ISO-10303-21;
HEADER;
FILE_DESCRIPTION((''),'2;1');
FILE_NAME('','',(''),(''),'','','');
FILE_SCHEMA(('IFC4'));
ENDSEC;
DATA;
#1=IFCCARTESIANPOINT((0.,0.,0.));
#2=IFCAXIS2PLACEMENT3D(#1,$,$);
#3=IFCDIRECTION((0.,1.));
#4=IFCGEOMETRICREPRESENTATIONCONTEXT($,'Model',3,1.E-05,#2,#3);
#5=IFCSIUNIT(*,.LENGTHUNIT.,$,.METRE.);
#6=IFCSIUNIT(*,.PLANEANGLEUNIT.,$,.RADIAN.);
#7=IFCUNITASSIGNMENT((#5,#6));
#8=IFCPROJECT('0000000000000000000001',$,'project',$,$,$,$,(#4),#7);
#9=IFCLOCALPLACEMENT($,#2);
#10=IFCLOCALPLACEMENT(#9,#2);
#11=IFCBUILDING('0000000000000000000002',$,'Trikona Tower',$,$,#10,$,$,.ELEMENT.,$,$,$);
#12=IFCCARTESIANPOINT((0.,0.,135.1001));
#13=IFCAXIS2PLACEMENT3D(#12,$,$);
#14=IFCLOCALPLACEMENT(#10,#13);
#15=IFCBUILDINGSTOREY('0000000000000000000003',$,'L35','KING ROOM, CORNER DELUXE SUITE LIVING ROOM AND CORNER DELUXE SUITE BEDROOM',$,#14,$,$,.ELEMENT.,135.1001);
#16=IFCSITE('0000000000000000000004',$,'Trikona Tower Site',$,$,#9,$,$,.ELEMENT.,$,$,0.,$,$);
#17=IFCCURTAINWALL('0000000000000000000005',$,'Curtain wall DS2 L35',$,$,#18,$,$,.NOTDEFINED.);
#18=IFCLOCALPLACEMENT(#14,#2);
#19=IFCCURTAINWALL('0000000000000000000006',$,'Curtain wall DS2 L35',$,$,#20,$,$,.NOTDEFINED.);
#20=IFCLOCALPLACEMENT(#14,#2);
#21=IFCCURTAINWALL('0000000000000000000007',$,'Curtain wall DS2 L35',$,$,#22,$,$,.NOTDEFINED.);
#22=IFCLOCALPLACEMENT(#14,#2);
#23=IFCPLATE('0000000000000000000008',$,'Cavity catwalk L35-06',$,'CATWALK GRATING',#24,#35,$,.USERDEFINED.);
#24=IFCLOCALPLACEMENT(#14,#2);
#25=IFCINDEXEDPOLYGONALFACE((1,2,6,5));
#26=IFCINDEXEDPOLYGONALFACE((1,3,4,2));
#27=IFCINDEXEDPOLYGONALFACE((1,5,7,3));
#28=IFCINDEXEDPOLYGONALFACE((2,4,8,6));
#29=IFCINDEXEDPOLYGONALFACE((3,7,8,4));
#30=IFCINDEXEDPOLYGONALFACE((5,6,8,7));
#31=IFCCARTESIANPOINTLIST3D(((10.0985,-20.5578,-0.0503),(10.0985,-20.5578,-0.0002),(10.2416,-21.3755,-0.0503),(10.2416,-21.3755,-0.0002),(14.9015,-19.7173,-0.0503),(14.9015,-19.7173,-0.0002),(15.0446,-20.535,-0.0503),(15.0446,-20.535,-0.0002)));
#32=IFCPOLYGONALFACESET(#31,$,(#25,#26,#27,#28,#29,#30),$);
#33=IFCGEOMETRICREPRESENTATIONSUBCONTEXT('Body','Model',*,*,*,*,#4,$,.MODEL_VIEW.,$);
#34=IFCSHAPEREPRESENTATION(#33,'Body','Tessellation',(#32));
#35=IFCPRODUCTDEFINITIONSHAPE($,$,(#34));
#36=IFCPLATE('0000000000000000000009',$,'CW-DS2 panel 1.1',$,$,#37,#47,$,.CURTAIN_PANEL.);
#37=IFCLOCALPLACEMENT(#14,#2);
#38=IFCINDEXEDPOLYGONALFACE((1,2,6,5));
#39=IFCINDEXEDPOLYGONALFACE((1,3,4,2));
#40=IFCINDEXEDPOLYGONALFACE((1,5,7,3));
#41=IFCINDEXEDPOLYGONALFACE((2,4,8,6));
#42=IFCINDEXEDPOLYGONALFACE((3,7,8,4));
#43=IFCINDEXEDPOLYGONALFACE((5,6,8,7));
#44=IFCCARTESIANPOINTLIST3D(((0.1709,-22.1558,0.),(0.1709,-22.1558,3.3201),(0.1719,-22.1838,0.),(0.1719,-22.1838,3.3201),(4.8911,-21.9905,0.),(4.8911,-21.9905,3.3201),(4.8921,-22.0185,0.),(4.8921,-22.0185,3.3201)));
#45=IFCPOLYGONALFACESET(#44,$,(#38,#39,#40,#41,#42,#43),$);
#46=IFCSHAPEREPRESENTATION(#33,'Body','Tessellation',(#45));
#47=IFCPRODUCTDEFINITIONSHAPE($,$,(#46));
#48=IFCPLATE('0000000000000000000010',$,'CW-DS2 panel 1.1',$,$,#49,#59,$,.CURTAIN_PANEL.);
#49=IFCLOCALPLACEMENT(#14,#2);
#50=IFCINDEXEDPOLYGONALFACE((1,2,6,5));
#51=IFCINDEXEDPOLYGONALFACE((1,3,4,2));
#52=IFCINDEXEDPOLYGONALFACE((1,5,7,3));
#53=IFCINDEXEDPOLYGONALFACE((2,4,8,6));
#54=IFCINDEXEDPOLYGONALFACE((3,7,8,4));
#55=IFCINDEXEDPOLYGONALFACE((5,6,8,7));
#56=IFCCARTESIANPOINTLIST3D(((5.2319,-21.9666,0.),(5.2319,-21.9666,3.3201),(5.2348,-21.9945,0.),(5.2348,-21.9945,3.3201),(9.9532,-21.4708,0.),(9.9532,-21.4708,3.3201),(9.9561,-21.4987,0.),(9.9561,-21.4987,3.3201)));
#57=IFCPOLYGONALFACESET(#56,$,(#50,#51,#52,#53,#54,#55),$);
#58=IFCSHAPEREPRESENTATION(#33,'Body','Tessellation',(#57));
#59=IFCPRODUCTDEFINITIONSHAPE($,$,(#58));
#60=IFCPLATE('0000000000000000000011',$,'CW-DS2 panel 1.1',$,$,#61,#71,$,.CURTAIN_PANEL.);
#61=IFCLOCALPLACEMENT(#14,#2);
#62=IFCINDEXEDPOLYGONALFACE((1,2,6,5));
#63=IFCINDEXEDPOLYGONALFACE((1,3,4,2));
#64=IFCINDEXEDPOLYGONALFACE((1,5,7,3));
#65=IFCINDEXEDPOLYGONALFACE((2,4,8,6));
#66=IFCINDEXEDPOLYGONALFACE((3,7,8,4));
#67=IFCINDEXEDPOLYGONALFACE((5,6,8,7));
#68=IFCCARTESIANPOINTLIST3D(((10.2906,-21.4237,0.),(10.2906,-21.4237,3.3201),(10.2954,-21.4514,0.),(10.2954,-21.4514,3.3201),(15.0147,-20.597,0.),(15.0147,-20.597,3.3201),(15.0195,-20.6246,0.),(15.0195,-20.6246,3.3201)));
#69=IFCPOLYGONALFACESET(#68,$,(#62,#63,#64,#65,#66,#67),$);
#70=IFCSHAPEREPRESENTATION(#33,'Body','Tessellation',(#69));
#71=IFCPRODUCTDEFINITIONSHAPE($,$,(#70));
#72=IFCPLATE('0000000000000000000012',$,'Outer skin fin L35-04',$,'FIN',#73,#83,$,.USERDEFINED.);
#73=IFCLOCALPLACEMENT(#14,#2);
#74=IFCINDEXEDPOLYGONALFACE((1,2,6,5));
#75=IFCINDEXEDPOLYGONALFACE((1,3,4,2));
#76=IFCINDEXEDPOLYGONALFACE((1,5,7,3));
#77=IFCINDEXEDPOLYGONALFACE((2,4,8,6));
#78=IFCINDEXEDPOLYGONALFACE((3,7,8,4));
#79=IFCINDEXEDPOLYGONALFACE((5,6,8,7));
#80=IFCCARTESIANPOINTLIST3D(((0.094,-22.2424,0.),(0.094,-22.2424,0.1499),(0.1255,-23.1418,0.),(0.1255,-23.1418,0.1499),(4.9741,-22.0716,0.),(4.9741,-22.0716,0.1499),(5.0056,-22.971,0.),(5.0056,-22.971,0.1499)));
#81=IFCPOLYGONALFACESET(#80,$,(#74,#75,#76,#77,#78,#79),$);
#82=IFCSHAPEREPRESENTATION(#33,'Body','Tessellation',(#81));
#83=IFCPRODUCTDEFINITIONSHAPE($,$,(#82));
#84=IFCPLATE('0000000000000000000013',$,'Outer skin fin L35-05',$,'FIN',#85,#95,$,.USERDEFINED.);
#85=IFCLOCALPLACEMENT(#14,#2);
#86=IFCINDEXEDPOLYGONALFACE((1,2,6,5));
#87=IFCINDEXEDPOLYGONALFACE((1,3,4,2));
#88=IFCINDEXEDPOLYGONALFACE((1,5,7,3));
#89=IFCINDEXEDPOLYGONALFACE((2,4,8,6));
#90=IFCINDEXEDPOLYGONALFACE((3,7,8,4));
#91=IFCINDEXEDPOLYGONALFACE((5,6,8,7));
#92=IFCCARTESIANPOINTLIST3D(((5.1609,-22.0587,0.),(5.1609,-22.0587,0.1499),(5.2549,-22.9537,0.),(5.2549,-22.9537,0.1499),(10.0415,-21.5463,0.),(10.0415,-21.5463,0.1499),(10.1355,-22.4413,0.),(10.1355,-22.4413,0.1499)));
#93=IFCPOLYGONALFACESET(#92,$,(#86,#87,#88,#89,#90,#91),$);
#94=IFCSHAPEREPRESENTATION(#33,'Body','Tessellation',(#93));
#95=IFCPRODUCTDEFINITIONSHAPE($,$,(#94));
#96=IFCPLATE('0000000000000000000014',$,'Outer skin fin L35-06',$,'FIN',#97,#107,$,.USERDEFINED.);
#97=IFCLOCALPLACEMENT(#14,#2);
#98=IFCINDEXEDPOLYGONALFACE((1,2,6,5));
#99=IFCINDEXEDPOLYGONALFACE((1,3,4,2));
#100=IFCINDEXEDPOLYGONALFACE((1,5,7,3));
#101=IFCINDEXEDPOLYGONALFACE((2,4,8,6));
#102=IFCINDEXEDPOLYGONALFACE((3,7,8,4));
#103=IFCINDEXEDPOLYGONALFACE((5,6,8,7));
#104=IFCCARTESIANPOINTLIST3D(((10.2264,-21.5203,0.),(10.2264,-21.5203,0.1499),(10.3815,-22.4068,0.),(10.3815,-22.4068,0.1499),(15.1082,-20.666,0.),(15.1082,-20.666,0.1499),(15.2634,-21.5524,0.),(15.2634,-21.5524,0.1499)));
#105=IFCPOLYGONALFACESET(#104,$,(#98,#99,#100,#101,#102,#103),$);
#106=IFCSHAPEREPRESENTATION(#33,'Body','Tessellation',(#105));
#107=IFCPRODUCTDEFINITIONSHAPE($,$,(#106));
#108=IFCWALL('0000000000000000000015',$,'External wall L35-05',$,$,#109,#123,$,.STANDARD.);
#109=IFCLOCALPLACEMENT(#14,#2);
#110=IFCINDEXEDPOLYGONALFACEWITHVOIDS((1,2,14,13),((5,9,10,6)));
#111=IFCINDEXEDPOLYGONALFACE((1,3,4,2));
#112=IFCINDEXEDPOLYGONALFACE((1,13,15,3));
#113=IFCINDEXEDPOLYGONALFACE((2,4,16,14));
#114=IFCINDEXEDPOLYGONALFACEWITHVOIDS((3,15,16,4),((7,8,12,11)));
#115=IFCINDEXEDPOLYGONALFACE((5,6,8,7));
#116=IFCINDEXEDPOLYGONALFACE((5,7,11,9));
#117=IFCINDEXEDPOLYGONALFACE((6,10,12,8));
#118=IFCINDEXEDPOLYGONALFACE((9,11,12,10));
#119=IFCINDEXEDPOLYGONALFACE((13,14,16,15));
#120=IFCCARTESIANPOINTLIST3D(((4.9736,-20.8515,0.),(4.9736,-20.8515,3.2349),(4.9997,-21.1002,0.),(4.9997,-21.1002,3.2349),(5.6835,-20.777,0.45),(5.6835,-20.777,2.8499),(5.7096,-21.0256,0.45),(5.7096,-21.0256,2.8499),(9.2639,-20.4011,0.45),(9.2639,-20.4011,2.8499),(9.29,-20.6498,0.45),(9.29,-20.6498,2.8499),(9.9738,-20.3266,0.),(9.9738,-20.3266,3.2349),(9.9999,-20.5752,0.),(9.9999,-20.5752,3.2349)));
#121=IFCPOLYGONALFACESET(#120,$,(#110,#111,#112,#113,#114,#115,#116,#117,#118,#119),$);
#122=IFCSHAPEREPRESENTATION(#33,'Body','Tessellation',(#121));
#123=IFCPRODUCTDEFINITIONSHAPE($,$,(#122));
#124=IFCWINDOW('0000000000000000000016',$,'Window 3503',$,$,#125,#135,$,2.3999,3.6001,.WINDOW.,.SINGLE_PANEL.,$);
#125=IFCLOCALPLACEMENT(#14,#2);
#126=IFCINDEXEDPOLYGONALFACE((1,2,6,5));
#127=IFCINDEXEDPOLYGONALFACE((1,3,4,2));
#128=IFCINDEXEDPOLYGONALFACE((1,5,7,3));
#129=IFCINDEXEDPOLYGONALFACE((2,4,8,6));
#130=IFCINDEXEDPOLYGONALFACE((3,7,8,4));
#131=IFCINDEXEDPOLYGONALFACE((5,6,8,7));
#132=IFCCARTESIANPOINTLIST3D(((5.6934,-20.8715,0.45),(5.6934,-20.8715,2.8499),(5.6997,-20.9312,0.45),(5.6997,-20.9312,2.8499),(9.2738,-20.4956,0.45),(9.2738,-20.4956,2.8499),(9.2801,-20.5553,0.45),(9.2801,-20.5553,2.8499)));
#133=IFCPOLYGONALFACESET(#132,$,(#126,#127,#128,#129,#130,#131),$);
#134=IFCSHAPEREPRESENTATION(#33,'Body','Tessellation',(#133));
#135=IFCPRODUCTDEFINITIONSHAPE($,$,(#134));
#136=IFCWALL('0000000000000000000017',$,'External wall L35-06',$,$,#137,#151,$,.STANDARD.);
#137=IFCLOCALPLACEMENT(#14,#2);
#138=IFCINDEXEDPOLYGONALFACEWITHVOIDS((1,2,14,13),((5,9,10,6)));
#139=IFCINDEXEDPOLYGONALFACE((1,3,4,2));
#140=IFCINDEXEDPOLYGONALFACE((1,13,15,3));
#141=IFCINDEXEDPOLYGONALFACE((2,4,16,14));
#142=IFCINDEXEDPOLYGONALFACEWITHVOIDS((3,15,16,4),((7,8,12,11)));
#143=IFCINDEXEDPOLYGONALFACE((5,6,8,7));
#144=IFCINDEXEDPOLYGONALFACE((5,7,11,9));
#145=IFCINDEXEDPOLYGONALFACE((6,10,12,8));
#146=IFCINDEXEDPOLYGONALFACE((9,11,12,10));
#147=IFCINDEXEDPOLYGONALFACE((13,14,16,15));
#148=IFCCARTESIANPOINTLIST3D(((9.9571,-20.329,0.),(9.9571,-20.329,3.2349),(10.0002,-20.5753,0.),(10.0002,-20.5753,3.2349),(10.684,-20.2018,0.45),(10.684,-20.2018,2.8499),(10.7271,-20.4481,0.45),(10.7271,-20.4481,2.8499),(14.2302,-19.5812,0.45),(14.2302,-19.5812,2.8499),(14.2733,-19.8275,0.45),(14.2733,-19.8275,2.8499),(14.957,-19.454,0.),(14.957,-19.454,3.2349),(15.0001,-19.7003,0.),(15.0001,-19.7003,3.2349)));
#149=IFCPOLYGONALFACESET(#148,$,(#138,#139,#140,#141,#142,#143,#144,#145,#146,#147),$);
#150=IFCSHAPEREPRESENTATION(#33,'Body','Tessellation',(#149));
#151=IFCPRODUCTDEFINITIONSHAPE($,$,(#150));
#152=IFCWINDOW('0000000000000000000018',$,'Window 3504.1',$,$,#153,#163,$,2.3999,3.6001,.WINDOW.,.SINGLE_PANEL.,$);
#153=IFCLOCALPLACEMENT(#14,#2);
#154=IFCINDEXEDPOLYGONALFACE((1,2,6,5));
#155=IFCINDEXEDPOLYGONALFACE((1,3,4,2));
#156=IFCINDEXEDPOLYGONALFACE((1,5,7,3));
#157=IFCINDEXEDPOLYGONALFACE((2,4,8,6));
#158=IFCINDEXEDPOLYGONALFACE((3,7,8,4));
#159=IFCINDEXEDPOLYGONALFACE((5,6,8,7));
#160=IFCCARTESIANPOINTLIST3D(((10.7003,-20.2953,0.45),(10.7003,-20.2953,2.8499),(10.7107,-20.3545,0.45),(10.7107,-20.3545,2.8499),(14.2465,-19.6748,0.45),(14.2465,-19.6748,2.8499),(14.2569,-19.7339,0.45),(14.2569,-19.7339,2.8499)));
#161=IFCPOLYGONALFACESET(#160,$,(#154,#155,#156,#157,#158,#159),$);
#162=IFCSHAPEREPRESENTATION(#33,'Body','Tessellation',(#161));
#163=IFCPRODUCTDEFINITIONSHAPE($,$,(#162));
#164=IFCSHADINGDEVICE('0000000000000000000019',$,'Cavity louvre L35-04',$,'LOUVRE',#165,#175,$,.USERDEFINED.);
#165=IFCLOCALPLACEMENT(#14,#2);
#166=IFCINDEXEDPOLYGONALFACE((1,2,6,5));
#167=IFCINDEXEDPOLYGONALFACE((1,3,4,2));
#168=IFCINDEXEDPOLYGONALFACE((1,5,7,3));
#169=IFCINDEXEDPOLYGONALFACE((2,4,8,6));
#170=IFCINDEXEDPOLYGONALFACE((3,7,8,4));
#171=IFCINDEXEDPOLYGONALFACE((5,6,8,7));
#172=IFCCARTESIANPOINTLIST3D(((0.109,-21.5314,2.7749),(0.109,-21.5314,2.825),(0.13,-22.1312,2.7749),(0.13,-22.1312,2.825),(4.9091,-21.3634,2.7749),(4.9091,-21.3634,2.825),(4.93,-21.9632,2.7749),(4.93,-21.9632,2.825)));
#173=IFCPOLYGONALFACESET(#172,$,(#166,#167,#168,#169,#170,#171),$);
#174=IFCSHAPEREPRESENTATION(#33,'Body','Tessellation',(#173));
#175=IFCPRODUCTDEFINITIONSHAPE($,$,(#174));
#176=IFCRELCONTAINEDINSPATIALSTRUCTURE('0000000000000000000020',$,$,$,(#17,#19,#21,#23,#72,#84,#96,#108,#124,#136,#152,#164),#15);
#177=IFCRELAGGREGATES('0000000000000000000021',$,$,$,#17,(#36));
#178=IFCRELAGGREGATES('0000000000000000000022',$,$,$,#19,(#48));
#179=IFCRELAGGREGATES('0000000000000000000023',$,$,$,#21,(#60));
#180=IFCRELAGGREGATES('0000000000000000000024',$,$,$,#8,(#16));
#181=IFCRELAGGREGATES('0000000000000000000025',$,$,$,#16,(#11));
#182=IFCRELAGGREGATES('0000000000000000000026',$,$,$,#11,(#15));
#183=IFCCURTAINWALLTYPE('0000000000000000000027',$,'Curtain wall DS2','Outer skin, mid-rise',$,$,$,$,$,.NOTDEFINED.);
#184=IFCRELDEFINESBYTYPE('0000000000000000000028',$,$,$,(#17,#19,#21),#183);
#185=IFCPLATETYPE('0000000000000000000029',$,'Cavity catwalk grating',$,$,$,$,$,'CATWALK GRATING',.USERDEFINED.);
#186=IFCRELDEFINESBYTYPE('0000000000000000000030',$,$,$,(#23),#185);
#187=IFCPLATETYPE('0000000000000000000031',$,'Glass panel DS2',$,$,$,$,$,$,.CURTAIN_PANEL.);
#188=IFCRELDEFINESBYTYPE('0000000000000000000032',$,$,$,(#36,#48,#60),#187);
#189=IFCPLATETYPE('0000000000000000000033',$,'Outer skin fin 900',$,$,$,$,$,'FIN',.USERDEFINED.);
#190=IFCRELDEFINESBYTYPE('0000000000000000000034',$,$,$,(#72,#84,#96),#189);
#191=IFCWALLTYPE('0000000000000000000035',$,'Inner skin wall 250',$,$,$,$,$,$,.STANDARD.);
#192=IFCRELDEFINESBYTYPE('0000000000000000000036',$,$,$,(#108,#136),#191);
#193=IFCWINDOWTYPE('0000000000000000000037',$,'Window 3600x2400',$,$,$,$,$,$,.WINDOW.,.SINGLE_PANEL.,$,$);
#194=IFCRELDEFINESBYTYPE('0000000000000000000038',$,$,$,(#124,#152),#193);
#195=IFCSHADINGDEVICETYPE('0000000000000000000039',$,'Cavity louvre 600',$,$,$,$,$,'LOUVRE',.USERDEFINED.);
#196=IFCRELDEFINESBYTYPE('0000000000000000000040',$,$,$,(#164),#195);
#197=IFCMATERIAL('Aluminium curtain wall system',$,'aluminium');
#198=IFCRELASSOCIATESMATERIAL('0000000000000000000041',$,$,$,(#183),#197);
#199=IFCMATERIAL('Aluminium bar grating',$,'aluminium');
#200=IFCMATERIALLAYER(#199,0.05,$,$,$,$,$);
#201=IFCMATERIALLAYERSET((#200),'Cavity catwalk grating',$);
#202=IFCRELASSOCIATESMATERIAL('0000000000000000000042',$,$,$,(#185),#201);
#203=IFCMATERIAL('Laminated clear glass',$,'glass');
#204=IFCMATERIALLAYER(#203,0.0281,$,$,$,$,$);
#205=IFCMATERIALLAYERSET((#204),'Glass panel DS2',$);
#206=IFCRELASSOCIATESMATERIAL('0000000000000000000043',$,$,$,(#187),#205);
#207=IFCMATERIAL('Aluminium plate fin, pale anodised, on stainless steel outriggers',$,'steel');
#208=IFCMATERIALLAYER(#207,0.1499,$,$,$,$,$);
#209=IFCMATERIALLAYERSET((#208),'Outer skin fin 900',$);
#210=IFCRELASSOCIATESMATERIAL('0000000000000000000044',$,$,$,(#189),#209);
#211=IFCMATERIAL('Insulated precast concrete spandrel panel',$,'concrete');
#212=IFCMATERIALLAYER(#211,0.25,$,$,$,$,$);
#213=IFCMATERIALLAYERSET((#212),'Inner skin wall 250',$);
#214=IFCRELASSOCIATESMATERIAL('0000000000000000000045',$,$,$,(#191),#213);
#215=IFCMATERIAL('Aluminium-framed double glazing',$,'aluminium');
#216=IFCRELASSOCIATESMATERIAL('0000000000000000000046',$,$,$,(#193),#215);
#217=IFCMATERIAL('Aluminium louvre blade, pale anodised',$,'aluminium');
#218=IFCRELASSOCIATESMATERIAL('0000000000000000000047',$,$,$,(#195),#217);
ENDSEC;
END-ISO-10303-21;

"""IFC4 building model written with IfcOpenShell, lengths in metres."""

from ifc_helpers import new_model, si_unit, direction, frame, frame_2d, origin, origin_2d, place, context, subcontext, project, spatial, rectangle, extrude, material, layer, layer_set, type_object, element, fill, aggregate, save


model = new_model("IFC4")

# Units and contexts
model_context = context("Model", 3, precision=1e-05, world=origin(), true_north=direction((0.0, 1.0)))
body_context = subcontext(model_context, "Body", "Model", "MODEL_VIEW")
ifc_project = project(units=[si_unit("LENGTHUNIT", "METRE"), si_unit("PLANEANGLEUNIT", "RADIAN")], contexts=[model_context])

# Site, building, storey
site_placement = place(None, origin())
site = spatial("IfcSite", under=ifc_project, at=site_placement, Name="Trikona Tower Site", CompositionType="ELEMENT", RefElevation=0.0)
building_placement = place(site_placement, origin())
building = spatial("IfcBuilding", under=site, at=building_placement, Name="Trikona Tower", CompositionType="ELEMENT")
storey_placement = place(building_placement, frame((0.0, 0.0, 135.1001)))
storey = spatial("IfcBuildingStorey", under=building, at=storey_placement, Name="L35", Description="KING ROOM, CORNER DELUXE SUITE LIVING ROOM AND CORNER DELUXE SUITE BEDROOM", CompositionType="ELEMENT", Elevation=135.1001)

# Curtain walls
ifc_material_1 = material(Name="Aluminium curtain wall system", Category="aluminium")
curtain_wall_type = type_object("IfcCurtainWallType", Name="Curtain wall DS2", Description="Outer skin, mid-rise", PredefinedType="NOTDEFINED", material=ifc_material_1)
curtain_wall_1_placement = place(storey_placement, origin())
curtain_wall_1 = element("IfcCurtainWall", 1, at=curtain_wall_1_placement, inside=storey, type_object=curtain_wall_type, Name="Curtain wall DS2 L35", PredefinedType="NOTDEFINED")
curtain_wall_2_placement = place(storey_placement, origin())
curtain_wall_2 = element("IfcCurtainWall", 2, at=curtain_wall_2_placement, inside=storey, type_object=curtain_wall_type, Name="Curtain wall DS2 L35", PredefinedType="NOTDEFINED")

# Curtain wall
curtain_wall_3_placement = place(storey_placement, origin())
curtain_wall_3 = element("IfcCurtainWall", 3, at=curtain_wall_3_placement, inside=storey, type_object=curtain_wall_type, Name="Curtain wall DS2 L35", PredefinedType="NOTDEFINED")

# Plate
ifc_material_2 = material(Name="Aluminium bar grating", Category="aluminium")
ifc_layer_1 = layer(ifc_material_2, 0.05)
ifc_layer_set_1 = layer_set([ifc_layer_1], Name="Cavity catwalk grating")
plate_type_1 = type_object("IfcPlateType", Name="Cavity catwalk grating", ElementType="CATWALK GRATING", PredefinedType="USERDEFINED", material=ifc_layer_set_1)
plate_1_placement = place(storey_placement, frame((12.5715, -20.5464, -0.0503), z_axis=(0.0, 0.0, 1.0), x_axis=(0.985031, 0.17238, 0.0)))
element("IfcPlate", 4, at=plate_1_placement, inside=storey, type_object=plate_type_1, Name="Cavity catwalk L35-06", ObjectType="CATWALK GRATING", PredefinedType="USERDEFINED", context=body_context, shape_type="SweptSolid", body=[
    extrude(rectangle(XDim=4.876, YDim=0.8301, at=origin_2d()), origin(), (0.0, 0.0, 1.0), 0.05),
])

# Plates
ifc_material_3 = material(Name="Laminated clear glass", Category="glass")
ifc_layer_2 = layer(ifc_material_3, 0.0281)
ifc_layer_set_2 = layer_set([ifc_layer_2], Name="Glass panel DS2")
plate_type_2 = type_object("IfcPlateType", Name="Glass panel DS2", PredefinedType="CURTAIN_PANEL", material=ifc_layer_set_2)
plate_2_placement = place(storey_placement, frame((2.5315, -22.0872, 0.0), z_axis=(0.0, 0.0, 1.0), x_axis=(0.999387, 0.034998, 0.0)))
plate_2 = element("IfcPlate", 5, at=plate_2_placement, type_object=plate_type_2, Name="CW-DS2 panel 1.1", PredefinedType="CURTAIN_PANEL", context=body_context, shape_type="SweptSolid", body=[
    extrude(rectangle(XDim=4.7231, YDim=0.0281, at=origin_2d()), origin(), (0.0, 0.0, 1.0), 3.3201),
])
aggregate(curtain_wall_1, [plate_2])
plate_3_placement = place(storey_placement, frame((7.594, -21.7327, 0.0), z_axis=(0.0, 0.0, 1.0), x_axis=(0.994532, 0.104433, 0.0)))
plate_3 = element("IfcPlate", 6, at=plate_3_placement, type_object=plate_type_2, Name="CW-DS2 panel 1.1", PredefinedType="CURTAIN_PANEL", context=body_context, shape_type="SweptSolid", body=[
    extrude(rectangle(XDim=4.7473, YDim=0.0281, at=origin_2d()), origin(), (0.0, 0.0, 1.0), 3.3201),
])
aggregate(curtain_wall_2, [plate_3])
plate_4_placement = place(storey_placement, frame((12.655, -21.0242, 0.0), z_axis=(0.0, 0.0, 1.0), x_axis=(0.985031, 0.172377, 0.0)))
plate_4 = element("IfcPlate", 7, at=plate_4_placement, type_object=plate_type_2, Name="CW-DS2 panel 1.1", PredefinedType="CURTAIN_PANEL", context=body_context, shape_type="SweptSolid", body=[
    extrude(rectangle(XDim=4.7959, YDim=0.0281, at=origin_2d()), origin(), (0.0, 0.0, 1.0), 3.3201),
])
aggregate(curtain_wall_3, [plate_4])

# Plates
ifc_material_4 = material(Name="Aluminium plate fin, pale anodised, on stainless steel outriggers", Category="steel")
ifc_layer_3 = layer(ifc_material_4, 0.1499)
ifc_layer_set_3 = layer_set([ifc_layer_3], Name="Outer skin fin 900")
plate_type_3 = type_object("IfcPlateType", Name="Outer skin fin 900", ElementType="FIN", PredefinedType="USERDEFINED", material=ifc_layer_set_3)
plate_5_placement = place(storey_placement, frame((2.5498, -22.6067, 0.0), z_axis=(0.0, 0.0, 1.0), x_axis=(0.999388, 0.034978, 0.0)))
element("IfcPlate", 8, at=plate_5_placement, inside=storey, type_object=plate_type_3, Name="Outer skin fin L35-04", ObjectType="FIN", PredefinedType="USERDEFINED", context=body_context, shape_type="SweptSolid", body=[
    extrude(rectangle(XDim=4.8831, YDim=0.8999, at=origin_2d()), origin(), (0.0, 0.0, 1.0), 0.1499),
])
plate_6_placement = place(storey_placement, frame((7.6482, -22.25, 0.0), z_axis=(0.0, 0.0, 1.0), x_axis=(0.994533, 0.104426, 0.0)))
element("IfcPlate", 9, at=plate_6_placement, inside=storey, type_object=plate_type_3, Name="Outer skin fin L35-05", ObjectType="FIN", PredefinedType="USERDEFINED", context=body_context, shape_type="SweptSolid", body=[
    extrude(rectangle(XDim=4.9075, YDim=0.8999, at=origin_2d()), origin(), (0.0, 0.0, 1.0), 0.1499),
])
plate_7_placement = place(storey_placement, frame((12.7449, -21.5364, 0.0), z_axis=(0.0, 0.0, 1.0), x_axis=(0.985031, 0.17238, 0.0)))
element("IfcPlate", 10, at=plate_7_placement, inside=storey, type_object=plate_type_3, Name="Outer skin fin L35-06", ObjectType="FIN", PredefinedType="USERDEFINED", context=body_context, shape_type="SweptSolid", body=[
    extrude(rectangle(XDim=4.9561, YDim=0.8999, at=origin_2d()), origin(), (0.0, 0.0, 1.0), 0.1499),
])

# Walls, openings, windows
ifc_material_5 = material(Name="Insulated precast concrete spandrel panel", Category="concrete")
ifc_layer_4 = layer(ifc_material_5, 0.25)
ifc_layer_set_4 = layer_set([ifc_layer_4], Name="Inner skin wall 250")
wall_type = type_object("IfcWallType", Name="Inner skin wall 250", PredefinedType="STANDARD", material=ifc_layer_set_4)
wall_1_placement = place(storey_placement, frame((4.9868, -20.9758, 0.0), z_axis=(0.0, 0.0, 1.0), x_axis=(0.994535, 0.104407, 0.0)))
wall_1 = element("IfcWall", 11, at=wall_1_placement, inside=storey, type_object=wall_type, Name="External wall L35-05", PredefinedType="STANDARD", context=body_context, shape_type="SweptSolid", body=[
    extrude(rectangle(XDim=5.0276, YDim=0.25, at=frame_2d((2.5137, 0.0))), origin(), (0.0, 0.0, 1.0), 3.2349),
])
opening_1_placement = place(wall_1_placement, frame((0.7136, 0.0, 0.45)))
opening_1 = element("IfcOpeningElement", 12, at=opening_1_placement, cuts=wall_1, PredefinedType="OPENING", context=body_context, shape_type="SweptSolid", body=[
    extrude(rectangle(XDim=3.6001, YDim=2.3999, at=frame_2d((1.8, 1.2))), frame((0.0, 0.135, 0.0), z_axis=(0.0, -1.0, 0.0), x_axis=(1.0, 0.0, 0.0)), (0.0, 0.0, 1.0), 0.27),
])
ifc_material_6 = material(Name="Aluminium-framed double glazing", Category="aluminium")
window_type = type_object("IfcWindowType", Name="Window 3600x2400", PartitioningType="SINGLE_PANEL", PredefinedType="WINDOW", material=ifc_material_6)
window_1_placement = place(opening_1_placement, origin())
window_1 = element("IfcWindow", 13, at=window_1_placement, inside=storey, type_object=window_type, Name="Window 3503", OverallHeight=2.3999, OverallWidth=3.6001, PartitioningType="SINGLE_PANEL", PredefinedType="WINDOW", context=body_context, shape_type="SweptSolid", body=[
    extrude(rectangle(XDim=3.6001, YDim=2.3999, at=frame_2d((1.8, 1.2))), frame((0.0, 0.03, 0.0), z_axis=(0.0, -1.0, 0.0), x_axis=(1.0, 0.0, 0.0)), (0.0, 0.0, 1.0), 0.0601),
])
fill(opening_1, window_1)
wall_2_placement = place(storey_placement, frame((9.9785, -20.4521, 0.0), z_axis=(0.0, 0.0, 1.0), x_axis=(0.98503, 0.17238, 0.0)))
wall_2 = element("IfcWall", 14, at=wall_2_placement, inside=storey, type_object=wall_type, Name="External wall L35-06", PredefinedType="STANDARD", context=body_context, shape_type="SweptSolid", body=[
    extrude(rectangle(XDim=5.0759, YDim=0.25, at=frame_2d((2.5381, 0.0))), origin(), (0.0, 0.0, 1.0), 3.2349),
])
opening_2_placement = place(wall_2_placement, frame((0.738, 0.0, 0.45)))
opening_2 = element("IfcOpeningElement", 15, at=opening_2_placement, cuts=wall_2, PredefinedType="OPENING", context=body_context, shape_type="SweptSolid", body=[
    extrude(rectangle(XDim=3.6001, YDim=2.3999, at=frame_2d((1.8, 1.2))), frame((0.0, 0.135, 0.0), z_axis=(0.0, -1.0, 0.0), x_axis=(1.0, 0.0, 0.0)), (0.0, 0.0, 1.0), 0.27),
])
window_2_placement = place(opening_2_placement, origin())
window_2 = element("IfcWindow", 16, at=window_2_placement, inside=storey, type_object=window_type, Name="Window 3504.1", OverallHeight=2.3999, OverallWidth=3.6001, PartitioningType="SINGLE_PANEL", PredefinedType="WINDOW", context=body_context, shape_type="SweptSolid", body=[
    extrude(rectangle(XDim=3.6001, YDim=2.3999, at=frame_2d((1.8, 1.2))), frame((0.0, 0.03, 0.0), z_axis=(0.0, -1.0, 0.0), x_axis=(1.0, 0.0, 0.0)), (0.0, 0.0, 1.0), 0.0601),
])
fill(opening_2, window_2)

# Shading device
ifc_material_7 = material(Name="Aluminium louvre blade, pale anodised", Category="aluminium")
shading_device_type = type_object("IfcShadingDeviceType", Name="Cavity louvre 600", ElementType="LOUVRE", PredefinedType="USERDEFINED", material=ifc_material_7)
shading_device_1_placement = place(storey_placement, frame((2.5195, -21.7473, 2.7749), z_axis=(0.0, 0.0, 1.0), x_axis=(0.999388, 0.034978, 0.0)))
element("IfcShadingDevice", 17, at=shading_device_1_placement, inside=storey, type_object=shading_device_type, Name="Cavity louvre L35-04", ObjectType="LOUVRE", PredefinedType="USERDEFINED", context=body_context, shape_type="SweptSolid", body=[
    extrude(rectangle(XDim=4.803, YDim=0.6001, at=origin_2d()), origin(), (0.0, 0.0, 1.0), 0.05),
])

save(model, "model.ifc")
